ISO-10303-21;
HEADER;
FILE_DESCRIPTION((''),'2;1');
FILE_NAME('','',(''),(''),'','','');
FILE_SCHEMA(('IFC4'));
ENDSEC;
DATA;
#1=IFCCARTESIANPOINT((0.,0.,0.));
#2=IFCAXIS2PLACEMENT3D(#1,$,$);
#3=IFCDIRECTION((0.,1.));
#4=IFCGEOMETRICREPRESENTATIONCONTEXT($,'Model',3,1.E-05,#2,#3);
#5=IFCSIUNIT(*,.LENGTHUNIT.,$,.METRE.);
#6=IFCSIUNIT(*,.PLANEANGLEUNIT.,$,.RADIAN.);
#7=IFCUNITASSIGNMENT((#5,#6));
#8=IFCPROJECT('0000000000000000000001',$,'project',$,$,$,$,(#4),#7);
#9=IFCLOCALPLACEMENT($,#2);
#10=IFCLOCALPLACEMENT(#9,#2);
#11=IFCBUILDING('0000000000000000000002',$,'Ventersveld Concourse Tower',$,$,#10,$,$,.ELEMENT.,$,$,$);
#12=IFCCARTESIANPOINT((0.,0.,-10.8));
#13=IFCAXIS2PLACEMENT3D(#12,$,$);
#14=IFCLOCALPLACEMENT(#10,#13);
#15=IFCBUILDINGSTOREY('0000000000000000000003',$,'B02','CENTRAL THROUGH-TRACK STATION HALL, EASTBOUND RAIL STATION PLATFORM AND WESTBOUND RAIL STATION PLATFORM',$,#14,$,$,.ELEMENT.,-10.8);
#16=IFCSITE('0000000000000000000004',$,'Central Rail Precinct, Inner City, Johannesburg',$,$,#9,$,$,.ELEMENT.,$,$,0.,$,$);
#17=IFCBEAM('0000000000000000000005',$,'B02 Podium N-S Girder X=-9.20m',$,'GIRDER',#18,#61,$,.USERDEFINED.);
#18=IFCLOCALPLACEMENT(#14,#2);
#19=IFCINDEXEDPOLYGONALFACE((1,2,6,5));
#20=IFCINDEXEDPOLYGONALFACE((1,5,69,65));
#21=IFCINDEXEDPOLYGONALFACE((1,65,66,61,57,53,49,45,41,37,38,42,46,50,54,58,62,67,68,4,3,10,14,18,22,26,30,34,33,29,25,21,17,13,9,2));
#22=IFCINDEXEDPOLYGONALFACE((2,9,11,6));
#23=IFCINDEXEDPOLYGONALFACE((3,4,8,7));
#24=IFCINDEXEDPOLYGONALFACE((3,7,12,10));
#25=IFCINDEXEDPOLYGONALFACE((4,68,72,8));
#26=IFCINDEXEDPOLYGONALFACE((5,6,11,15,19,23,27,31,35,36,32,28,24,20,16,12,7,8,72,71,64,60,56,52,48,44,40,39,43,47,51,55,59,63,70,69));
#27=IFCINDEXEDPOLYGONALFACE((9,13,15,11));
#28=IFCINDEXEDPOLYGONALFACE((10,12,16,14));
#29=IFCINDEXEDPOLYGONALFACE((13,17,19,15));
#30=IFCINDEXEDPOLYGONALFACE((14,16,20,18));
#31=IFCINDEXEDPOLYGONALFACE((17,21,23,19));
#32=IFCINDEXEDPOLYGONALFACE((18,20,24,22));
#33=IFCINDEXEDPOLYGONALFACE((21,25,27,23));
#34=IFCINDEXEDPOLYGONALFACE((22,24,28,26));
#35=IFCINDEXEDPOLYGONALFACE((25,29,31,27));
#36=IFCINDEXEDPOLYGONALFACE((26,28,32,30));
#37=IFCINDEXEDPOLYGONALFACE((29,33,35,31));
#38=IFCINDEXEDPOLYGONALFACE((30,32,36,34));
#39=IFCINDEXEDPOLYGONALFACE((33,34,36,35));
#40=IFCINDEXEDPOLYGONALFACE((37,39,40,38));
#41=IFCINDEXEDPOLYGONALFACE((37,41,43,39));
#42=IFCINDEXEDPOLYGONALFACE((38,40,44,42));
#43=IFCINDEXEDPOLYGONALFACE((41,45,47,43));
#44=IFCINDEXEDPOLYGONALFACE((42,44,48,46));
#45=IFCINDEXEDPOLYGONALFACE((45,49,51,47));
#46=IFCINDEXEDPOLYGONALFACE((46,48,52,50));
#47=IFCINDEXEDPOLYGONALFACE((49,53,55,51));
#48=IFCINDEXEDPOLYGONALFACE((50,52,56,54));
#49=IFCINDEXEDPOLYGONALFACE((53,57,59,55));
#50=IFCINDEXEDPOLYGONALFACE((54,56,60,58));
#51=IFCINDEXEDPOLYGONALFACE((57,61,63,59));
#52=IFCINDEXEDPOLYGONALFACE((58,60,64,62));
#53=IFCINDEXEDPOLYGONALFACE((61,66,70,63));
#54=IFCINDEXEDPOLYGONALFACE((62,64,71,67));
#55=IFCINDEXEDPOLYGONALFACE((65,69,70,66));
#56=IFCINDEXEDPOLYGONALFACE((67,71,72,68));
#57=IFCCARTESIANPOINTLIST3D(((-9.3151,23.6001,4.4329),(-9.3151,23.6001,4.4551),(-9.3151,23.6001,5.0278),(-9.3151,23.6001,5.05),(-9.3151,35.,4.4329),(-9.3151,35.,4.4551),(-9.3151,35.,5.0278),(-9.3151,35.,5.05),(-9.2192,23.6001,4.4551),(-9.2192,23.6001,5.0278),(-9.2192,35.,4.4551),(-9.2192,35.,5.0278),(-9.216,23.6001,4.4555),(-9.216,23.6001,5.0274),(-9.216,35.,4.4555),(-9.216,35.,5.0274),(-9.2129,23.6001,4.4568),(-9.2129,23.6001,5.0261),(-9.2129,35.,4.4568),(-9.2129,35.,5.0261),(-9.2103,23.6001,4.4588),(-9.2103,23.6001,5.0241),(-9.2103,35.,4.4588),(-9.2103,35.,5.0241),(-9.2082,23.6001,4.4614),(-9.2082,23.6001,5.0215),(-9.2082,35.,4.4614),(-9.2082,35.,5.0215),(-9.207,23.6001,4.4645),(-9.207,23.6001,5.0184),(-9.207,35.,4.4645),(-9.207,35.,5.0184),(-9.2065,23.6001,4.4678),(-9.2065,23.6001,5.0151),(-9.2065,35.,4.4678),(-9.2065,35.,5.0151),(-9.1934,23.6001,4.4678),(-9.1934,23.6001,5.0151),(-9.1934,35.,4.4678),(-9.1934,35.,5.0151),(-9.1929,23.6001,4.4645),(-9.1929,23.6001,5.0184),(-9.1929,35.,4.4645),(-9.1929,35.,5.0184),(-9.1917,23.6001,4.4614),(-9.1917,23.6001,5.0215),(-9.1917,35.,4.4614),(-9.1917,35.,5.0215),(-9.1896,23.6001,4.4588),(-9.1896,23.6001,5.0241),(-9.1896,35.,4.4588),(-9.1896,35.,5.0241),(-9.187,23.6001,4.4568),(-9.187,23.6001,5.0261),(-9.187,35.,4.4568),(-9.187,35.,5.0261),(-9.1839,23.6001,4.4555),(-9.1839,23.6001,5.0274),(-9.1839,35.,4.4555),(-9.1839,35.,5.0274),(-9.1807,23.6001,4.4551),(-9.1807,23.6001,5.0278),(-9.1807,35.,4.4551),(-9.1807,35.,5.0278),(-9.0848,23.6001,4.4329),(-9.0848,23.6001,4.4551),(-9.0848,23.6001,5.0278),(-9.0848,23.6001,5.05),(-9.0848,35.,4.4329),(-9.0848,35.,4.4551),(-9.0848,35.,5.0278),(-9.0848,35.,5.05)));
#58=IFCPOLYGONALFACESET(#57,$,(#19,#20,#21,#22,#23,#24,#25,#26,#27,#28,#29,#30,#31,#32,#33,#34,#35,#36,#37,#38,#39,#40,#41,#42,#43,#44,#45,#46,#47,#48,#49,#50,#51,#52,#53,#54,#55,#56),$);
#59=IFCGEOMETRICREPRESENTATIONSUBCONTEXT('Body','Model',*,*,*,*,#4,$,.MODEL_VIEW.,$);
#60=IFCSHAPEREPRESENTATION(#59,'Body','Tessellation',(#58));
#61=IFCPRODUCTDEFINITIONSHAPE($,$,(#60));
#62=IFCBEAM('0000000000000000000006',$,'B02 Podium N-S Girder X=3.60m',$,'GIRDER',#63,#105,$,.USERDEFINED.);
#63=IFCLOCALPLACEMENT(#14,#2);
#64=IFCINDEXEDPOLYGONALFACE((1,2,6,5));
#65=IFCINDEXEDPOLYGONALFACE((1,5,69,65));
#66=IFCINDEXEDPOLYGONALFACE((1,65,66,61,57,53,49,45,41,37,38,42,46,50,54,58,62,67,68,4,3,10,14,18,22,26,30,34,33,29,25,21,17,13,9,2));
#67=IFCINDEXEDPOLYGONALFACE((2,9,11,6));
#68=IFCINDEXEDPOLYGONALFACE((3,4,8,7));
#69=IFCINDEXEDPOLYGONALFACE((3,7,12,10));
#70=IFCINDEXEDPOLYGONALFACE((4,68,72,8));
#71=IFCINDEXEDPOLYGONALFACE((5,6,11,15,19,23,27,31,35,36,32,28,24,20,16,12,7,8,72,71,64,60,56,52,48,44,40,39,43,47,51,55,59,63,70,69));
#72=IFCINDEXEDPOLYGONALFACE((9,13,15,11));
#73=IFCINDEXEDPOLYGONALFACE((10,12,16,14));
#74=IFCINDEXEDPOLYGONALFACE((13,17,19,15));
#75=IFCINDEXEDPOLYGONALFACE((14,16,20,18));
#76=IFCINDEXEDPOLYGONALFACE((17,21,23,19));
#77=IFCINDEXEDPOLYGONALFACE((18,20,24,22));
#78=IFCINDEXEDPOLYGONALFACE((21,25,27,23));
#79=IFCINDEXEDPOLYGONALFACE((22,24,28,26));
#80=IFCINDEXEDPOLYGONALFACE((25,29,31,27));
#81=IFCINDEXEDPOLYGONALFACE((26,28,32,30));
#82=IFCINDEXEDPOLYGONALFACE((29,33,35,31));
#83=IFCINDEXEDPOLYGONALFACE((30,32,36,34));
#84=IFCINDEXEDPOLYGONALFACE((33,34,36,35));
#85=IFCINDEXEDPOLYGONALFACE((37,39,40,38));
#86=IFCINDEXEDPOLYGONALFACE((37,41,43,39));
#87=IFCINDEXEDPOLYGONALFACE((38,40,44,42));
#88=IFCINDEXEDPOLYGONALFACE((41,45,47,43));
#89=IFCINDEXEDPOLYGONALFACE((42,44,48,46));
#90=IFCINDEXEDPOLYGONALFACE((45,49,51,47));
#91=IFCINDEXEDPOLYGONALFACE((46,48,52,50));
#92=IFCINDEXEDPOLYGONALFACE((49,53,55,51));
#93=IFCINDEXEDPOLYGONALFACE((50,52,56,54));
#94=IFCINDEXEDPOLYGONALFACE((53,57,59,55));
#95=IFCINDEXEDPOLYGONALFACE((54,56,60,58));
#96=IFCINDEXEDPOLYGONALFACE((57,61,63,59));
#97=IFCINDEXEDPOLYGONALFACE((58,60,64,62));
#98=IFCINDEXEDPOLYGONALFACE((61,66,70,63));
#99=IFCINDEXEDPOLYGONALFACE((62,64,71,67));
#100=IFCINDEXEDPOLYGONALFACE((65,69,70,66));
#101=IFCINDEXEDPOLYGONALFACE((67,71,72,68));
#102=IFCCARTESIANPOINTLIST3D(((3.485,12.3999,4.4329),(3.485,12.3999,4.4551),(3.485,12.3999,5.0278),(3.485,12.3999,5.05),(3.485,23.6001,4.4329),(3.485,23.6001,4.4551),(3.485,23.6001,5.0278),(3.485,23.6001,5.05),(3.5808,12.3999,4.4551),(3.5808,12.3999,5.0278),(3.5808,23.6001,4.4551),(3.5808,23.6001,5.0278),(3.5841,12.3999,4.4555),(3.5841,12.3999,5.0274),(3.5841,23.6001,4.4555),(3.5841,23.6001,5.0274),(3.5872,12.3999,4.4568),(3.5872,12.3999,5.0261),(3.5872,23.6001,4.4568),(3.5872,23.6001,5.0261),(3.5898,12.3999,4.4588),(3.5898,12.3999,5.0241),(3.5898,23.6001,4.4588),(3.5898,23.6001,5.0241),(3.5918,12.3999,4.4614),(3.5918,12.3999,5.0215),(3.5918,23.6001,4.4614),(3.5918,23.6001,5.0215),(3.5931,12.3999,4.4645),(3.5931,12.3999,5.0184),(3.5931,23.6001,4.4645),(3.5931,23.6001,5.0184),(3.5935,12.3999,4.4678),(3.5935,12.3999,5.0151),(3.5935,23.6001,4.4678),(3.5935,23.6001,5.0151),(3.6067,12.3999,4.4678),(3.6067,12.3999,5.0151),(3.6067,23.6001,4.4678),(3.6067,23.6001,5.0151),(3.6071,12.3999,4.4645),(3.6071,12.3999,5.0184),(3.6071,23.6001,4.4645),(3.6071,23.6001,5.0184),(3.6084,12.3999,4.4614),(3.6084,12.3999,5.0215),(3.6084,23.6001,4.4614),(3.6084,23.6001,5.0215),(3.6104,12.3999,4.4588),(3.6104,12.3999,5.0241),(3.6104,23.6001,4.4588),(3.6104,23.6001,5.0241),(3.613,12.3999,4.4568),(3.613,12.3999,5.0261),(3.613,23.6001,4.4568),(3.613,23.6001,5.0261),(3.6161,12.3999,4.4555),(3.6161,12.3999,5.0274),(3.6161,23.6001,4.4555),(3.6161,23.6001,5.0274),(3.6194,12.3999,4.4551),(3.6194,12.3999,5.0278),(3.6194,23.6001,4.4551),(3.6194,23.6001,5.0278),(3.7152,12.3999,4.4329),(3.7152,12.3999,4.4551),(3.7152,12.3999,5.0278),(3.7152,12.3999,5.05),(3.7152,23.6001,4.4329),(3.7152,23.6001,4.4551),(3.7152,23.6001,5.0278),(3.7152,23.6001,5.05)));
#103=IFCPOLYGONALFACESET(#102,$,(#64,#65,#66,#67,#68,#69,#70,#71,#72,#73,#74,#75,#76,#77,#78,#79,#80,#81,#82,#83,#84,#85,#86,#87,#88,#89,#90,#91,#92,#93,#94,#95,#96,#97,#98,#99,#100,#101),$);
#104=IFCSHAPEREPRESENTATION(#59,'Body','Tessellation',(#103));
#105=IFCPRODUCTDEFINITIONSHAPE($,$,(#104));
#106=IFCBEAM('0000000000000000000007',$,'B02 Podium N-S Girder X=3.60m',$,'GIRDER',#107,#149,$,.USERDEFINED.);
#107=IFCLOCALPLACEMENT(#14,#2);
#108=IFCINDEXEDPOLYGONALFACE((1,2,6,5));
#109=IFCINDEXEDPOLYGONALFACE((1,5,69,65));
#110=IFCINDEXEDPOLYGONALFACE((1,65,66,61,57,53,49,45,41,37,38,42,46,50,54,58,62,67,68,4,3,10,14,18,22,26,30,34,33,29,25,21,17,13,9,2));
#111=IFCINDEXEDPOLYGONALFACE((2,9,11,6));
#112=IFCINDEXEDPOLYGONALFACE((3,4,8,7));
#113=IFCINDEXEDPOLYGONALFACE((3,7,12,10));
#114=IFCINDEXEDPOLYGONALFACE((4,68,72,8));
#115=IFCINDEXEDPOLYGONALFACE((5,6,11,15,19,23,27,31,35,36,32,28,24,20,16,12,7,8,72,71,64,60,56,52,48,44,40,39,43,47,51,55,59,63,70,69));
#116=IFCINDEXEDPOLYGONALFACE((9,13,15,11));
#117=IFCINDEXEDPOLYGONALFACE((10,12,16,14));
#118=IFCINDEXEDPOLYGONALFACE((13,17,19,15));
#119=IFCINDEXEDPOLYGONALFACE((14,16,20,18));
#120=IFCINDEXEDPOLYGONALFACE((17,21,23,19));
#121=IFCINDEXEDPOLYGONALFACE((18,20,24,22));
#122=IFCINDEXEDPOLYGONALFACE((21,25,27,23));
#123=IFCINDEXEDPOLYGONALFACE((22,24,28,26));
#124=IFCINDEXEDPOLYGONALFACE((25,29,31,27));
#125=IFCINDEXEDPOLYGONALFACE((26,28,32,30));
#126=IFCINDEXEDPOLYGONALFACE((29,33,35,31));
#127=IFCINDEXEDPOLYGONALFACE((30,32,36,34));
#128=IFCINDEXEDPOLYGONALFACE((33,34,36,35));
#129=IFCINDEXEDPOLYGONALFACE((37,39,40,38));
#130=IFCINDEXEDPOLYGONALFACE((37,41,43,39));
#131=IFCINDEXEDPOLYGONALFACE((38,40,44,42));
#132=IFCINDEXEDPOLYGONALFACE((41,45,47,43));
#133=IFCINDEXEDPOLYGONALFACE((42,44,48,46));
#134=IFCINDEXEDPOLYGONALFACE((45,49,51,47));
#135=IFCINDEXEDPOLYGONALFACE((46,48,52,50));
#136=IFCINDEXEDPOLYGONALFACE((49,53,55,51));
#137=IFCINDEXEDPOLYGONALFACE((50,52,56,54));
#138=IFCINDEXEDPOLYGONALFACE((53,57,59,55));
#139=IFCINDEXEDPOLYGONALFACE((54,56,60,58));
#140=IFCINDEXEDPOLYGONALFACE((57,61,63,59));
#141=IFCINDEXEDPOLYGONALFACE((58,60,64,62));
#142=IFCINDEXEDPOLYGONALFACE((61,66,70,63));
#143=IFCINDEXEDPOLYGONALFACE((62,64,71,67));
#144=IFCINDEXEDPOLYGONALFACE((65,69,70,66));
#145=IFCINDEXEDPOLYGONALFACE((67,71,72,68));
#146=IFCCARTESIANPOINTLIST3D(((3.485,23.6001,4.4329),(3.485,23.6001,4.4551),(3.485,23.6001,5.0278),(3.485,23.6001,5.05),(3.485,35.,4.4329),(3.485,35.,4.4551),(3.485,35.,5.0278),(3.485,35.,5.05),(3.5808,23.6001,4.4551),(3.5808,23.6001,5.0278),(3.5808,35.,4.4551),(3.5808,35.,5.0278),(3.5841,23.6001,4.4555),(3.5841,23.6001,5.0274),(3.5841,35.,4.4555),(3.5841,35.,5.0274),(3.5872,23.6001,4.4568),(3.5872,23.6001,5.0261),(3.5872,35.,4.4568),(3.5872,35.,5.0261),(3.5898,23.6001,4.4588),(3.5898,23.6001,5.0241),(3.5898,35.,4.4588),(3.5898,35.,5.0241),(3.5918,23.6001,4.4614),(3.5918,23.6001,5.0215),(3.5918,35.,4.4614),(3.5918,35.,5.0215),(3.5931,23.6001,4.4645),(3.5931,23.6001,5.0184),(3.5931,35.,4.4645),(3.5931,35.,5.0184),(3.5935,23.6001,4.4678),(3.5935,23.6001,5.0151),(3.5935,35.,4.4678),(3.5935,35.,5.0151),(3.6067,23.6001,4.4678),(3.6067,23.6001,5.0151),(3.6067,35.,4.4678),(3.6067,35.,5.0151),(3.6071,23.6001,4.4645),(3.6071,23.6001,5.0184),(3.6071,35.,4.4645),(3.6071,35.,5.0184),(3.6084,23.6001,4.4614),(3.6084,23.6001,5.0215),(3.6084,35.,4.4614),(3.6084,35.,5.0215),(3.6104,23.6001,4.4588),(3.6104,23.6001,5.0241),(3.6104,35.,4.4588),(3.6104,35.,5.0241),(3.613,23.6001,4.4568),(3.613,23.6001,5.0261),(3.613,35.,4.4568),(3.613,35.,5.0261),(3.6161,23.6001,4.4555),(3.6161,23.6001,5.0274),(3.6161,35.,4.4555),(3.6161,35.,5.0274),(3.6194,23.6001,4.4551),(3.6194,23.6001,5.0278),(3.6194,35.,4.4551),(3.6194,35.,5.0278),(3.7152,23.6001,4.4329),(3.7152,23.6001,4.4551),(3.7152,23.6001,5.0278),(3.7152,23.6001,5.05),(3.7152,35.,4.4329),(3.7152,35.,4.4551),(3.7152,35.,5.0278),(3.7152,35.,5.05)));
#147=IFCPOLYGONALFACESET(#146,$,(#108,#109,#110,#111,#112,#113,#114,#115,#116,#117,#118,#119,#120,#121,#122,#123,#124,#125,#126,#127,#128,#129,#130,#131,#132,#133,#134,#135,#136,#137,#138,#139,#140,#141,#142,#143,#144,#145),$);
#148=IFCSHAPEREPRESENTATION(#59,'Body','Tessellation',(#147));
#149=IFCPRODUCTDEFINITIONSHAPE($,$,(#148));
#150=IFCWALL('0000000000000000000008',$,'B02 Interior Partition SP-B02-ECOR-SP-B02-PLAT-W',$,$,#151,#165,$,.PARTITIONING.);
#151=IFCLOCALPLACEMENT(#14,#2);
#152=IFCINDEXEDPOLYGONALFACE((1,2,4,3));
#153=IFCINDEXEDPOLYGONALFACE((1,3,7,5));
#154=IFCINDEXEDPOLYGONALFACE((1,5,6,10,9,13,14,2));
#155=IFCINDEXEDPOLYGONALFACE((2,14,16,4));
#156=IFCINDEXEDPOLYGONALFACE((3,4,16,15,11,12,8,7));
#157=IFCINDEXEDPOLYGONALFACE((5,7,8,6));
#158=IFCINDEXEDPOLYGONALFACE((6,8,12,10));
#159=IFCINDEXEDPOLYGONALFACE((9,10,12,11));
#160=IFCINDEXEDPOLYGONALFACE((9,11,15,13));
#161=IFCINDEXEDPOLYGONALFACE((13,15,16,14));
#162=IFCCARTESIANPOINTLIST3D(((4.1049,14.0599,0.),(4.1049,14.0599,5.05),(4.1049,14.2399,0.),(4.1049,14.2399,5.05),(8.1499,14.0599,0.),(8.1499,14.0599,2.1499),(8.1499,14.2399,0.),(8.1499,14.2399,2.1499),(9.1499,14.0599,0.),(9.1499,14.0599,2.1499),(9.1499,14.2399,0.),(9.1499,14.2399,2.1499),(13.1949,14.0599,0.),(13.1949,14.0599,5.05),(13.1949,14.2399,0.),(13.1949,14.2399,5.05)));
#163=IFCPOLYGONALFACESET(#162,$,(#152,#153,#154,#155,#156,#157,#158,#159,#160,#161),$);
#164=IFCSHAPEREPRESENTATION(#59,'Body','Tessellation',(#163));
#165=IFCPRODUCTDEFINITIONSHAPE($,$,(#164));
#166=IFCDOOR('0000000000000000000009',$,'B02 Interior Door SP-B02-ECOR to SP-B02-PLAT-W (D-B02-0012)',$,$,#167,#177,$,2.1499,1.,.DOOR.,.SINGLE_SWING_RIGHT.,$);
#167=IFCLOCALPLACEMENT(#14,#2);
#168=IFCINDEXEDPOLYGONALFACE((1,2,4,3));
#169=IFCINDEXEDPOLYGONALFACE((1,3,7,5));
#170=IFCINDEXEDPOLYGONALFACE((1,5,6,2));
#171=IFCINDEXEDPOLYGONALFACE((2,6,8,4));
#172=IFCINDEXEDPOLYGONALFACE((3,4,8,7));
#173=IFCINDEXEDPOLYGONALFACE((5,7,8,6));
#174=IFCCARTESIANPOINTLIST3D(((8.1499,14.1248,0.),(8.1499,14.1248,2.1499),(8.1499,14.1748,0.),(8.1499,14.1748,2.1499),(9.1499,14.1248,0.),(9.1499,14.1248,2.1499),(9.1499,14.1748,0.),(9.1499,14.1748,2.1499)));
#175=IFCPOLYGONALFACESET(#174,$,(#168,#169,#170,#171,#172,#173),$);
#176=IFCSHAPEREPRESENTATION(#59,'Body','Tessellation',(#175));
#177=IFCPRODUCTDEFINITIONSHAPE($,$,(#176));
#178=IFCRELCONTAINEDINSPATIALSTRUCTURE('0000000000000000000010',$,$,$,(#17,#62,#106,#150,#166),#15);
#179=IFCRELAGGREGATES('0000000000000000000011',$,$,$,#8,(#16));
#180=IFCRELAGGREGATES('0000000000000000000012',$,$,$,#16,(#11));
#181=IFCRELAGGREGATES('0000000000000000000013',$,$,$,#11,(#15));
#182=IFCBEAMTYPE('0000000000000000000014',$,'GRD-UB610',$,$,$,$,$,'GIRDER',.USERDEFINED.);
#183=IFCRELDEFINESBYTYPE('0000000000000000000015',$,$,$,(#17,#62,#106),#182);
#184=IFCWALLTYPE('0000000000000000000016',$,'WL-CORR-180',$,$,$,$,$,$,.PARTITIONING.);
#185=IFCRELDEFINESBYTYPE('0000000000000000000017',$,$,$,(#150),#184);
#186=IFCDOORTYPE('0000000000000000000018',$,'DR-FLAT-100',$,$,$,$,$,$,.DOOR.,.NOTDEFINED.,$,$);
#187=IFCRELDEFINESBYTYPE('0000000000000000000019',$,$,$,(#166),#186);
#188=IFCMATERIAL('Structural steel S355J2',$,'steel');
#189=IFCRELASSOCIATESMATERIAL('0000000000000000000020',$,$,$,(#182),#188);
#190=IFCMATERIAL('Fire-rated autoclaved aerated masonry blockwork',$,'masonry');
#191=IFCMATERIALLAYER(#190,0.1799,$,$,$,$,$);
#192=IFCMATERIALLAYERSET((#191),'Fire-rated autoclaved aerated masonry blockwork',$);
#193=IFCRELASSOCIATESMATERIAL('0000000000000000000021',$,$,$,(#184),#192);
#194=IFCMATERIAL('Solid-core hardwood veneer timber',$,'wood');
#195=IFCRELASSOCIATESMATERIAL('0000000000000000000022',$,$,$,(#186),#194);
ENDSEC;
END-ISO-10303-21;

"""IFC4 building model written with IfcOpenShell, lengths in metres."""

from ifc_helpers import new_model, si_unit, direction, frame, frame_2d, origin, origin_2d, place, context, subcontext, project, spatial, rectangle, i_section, extrude, material, layer, layer_set, material_profile, profile_set, type_object, element, fill, save


model = new_model("IFC4")

# Units and contexts
model_context = context("Model", 3, precision=1e-05, world=origin(), true_north=direction((0.0, 1.0)))
body_context = subcontext(model_context, "Body", "Model", "MODEL_VIEW")
ifc_project = project(units=[si_unit("LENGTHUNIT", "METRE"), si_unit("PLANEANGLEUNIT", "RADIAN")], contexts=[model_context])

# Site, building, storey
site_placement = place(None, origin())
site = spatial("IfcSite", under=ifc_project, at=site_placement, Name="Central Rail Precinct, Inner City, Johannesburg", CompositionType="ELEMENT", RefElevation=0.0)
building_placement = place(site_placement, origin())
building = spatial("IfcBuilding", under=site, at=building_placement, Name="Ventersveld Concourse Tower", CompositionType="ELEMENT")
storey_placement = place(building_placement, frame((0.0, 0.0, -10.8)))
storey = spatial("IfcBuildingStorey", under=building, at=storey_placement, Name="B02", Description="CENTRAL THROUGH-TRACK STATION HALL, EASTBOUND RAIL STATION PLATFORM AND WESTBOUND RAIL STATION PLATFORM", CompositionType="ELEMENT", Elevation=-10.8)

# Beams
ifc_material_1 = material(Name="Structural steel S355J2", Category="steel")
ifc_material_profile_1 = material_profile(ifc_material_1, i_section(OverallWidth=0.2302, OverallDepth=0.6172, WebThickness=0.0132, FlangeThickness=0.0222, FilletRadius=0.0127, at=origin_2d()), Name="UB 610x229x140")
ifc_profile_set_1 = profile_set([ifc_material_profile_1], Name="Structural steel S355J2")
beam_type_1 = type_object("IfcBeamType", Name="GRD-UB610", ElementType="GIRDER", PredefinedType="USERDEFINED", material=ifc_profile_set_1)
beam_1_placement = place(storey_placement, frame((-9.2, 23.6001, 4.7415), z_axis=(0.0, 1.0, 0.0), x_axis=(-1.0, 0.0, 0.0)))
element("IfcBeam", 1, at=beam_1_placement, inside=storey, type_object=beam_type_1, Name="B02 Podium N-S Girder X=-9.20m", ObjectType="GIRDER", PredefinedType="USERDEFINED", context=body_context, shape_type="SweptSolid", body=[
    extrude(i_section(OverallWidth=0.2302, OverallDepth=0.6172, WebThickness=0.0132, FlangeThickness=0.0222, FilletRadius=0.0127, at=origin_2d()), origin(), (0.0, 0.0, 1.0), 11.3999),
])
beam_2_placement = place(storey_placement, frame((3.6001, 12.3999, 4.7415), z_axis=(0.0, 1.0, 0.0), x_axis=(-1.0, 0.0, 0.0)))
element("IfcBeam", 2, at=beam_2_placement, inside=storey, type_object=beam_type_1, Name="B02 Podium N-S Girder X=3.60m", ObjectType="GIRDER", PredefinedType="USERDEFINED", context=body_context, shape_type="SweptSolid", body=[
    extrude(i_section(OverallWidth=0.2302, OverallDepth=0.6172, WebThickness=0.0132, FlangeThickness=0.0222, FilletRadius=0.0127, at=origin_2d()), origin(), (0.0, 0.0, 1.0), 11.2002),
])
beam_3_placement = place(storey_placement, frame((3.6001, 23.6001, 4.7415), z_axis=(0.0, 1.0, 0.0), x_axis=(-1.0, 0.0, 0.0)))
element("IfcBeam", 3, at=beam_3_placement, inside=storey, type_object=beam_type_1, Name="B02 Podium N-S Girder X=3.60m", ObjectType="GIRDER", PredefinedType="USERDEFINED", context=body_context, shape_type="SweptSolid", body=[
    extrude(i_section(OverallWidth=0.2302, OverallDepth=0.6172, WebThickness=0.0132, FlangeThickness=0.0222, FilletRadius=0.0127, at=origin_2d()), origin(), (0.0, 0.0, 1.0), 11.3999),
])

# Wall, opening, door
ifc_material_2 = material(Name="Fire-rated autoclaved aerated masonry blockwork", Category="masonry")
ifc_layer_1 = layer(ifc_material_2, 0.1799)
ifc_layer_set_1 = layer_set([ifc_layer_1], Name="Fire-rated autoclaved aerated masonry blockwork")
wall_type_1 = type_object("IfcWallType", Name="WL-CORR-180", PredefinedType="PARTITIONING", material=ifc_layer_set_1)
wall_1_placement = place(storey_placement, frame((4.105, 14.1499, 0.0), z_axis=(0.0, 0.0, 1.0), x_axis=(1.0, 0.0, 0.0)))
wall_1 = element("IfcWall", 4, at=wall_1_placement, inside=storey, type_object=wall_type_1, Name="B02 Interior Partition SP-B02-ECOR-SP-B02-PLAT-W", PredefinedType="PARTITIONING", context=body_context, shape_type="SweptSolid", body=[
    extrude(rectangle(XDim=9.0901, YDim=0.1799, at=frame_2d((4.5449, 0.0))), origin(), (0.0, 0.0, 1.0), 5.05),
])
opening_1_placement = place(wall_1_placement, frame((4.0449, 0.0, 0.0)))
opening_1 = element("IfcOpeningElement", 5, at=opening_1_placement, cuts=wall_1, PredefinedType="OPENING", context=body_context, shape_type="SweptSolid", body=[
    extrude(rectangle(XDim=1.0, YDim=2.1499, at=frame_2d((0.5, 1.075))), frame((0.0, 0.1001, 0.0), z_axis=(0.0, -1.0, 0.0), x_axis=(1.0, 0.0, 0.0)), (0.0, 0.0, 1.0), 0.2),
])
ifc_material_3 = material(Name="Solid-core hardwood veneer timber", Category="wood")
door_type_1 = type_object("IfcDoorType", Name="DR-FLAT-100", OperationType="NOTDEFINED", PredefinedType="DOOR", material=ifc_material_3)
door_1_placement = place(opening_1_placement, origin())
door_1 = element("IfcDoor", 6, at=door_1_placement, inside=storey, type_object=door_type_1, Name="B02 Interior Door SP-B02-ECOR to SP-B02-PLAT-W (D-B02-0012)", OperationType="SINGLE_SWING_RIGHT", OverallHeight=2.1499, OverallWidth=1.0, PredefinedType="DOOR", context=body_context, shape_type="SweptSolid", body=[
    extrude(rectangle(XDim=1.0, YDim=2.1499, at=frame_2d((0.5, 1.075))), frame((0.0, 0.0249, 0.0), z_axis=(0.0, -1.0, 0.0), x_axis=(1.0, 0.0, 0.0)), (0.0, 0.0, 1.0), 0.05),
])
fill(opening_1, door_1)

save(model, "model.ifc")
